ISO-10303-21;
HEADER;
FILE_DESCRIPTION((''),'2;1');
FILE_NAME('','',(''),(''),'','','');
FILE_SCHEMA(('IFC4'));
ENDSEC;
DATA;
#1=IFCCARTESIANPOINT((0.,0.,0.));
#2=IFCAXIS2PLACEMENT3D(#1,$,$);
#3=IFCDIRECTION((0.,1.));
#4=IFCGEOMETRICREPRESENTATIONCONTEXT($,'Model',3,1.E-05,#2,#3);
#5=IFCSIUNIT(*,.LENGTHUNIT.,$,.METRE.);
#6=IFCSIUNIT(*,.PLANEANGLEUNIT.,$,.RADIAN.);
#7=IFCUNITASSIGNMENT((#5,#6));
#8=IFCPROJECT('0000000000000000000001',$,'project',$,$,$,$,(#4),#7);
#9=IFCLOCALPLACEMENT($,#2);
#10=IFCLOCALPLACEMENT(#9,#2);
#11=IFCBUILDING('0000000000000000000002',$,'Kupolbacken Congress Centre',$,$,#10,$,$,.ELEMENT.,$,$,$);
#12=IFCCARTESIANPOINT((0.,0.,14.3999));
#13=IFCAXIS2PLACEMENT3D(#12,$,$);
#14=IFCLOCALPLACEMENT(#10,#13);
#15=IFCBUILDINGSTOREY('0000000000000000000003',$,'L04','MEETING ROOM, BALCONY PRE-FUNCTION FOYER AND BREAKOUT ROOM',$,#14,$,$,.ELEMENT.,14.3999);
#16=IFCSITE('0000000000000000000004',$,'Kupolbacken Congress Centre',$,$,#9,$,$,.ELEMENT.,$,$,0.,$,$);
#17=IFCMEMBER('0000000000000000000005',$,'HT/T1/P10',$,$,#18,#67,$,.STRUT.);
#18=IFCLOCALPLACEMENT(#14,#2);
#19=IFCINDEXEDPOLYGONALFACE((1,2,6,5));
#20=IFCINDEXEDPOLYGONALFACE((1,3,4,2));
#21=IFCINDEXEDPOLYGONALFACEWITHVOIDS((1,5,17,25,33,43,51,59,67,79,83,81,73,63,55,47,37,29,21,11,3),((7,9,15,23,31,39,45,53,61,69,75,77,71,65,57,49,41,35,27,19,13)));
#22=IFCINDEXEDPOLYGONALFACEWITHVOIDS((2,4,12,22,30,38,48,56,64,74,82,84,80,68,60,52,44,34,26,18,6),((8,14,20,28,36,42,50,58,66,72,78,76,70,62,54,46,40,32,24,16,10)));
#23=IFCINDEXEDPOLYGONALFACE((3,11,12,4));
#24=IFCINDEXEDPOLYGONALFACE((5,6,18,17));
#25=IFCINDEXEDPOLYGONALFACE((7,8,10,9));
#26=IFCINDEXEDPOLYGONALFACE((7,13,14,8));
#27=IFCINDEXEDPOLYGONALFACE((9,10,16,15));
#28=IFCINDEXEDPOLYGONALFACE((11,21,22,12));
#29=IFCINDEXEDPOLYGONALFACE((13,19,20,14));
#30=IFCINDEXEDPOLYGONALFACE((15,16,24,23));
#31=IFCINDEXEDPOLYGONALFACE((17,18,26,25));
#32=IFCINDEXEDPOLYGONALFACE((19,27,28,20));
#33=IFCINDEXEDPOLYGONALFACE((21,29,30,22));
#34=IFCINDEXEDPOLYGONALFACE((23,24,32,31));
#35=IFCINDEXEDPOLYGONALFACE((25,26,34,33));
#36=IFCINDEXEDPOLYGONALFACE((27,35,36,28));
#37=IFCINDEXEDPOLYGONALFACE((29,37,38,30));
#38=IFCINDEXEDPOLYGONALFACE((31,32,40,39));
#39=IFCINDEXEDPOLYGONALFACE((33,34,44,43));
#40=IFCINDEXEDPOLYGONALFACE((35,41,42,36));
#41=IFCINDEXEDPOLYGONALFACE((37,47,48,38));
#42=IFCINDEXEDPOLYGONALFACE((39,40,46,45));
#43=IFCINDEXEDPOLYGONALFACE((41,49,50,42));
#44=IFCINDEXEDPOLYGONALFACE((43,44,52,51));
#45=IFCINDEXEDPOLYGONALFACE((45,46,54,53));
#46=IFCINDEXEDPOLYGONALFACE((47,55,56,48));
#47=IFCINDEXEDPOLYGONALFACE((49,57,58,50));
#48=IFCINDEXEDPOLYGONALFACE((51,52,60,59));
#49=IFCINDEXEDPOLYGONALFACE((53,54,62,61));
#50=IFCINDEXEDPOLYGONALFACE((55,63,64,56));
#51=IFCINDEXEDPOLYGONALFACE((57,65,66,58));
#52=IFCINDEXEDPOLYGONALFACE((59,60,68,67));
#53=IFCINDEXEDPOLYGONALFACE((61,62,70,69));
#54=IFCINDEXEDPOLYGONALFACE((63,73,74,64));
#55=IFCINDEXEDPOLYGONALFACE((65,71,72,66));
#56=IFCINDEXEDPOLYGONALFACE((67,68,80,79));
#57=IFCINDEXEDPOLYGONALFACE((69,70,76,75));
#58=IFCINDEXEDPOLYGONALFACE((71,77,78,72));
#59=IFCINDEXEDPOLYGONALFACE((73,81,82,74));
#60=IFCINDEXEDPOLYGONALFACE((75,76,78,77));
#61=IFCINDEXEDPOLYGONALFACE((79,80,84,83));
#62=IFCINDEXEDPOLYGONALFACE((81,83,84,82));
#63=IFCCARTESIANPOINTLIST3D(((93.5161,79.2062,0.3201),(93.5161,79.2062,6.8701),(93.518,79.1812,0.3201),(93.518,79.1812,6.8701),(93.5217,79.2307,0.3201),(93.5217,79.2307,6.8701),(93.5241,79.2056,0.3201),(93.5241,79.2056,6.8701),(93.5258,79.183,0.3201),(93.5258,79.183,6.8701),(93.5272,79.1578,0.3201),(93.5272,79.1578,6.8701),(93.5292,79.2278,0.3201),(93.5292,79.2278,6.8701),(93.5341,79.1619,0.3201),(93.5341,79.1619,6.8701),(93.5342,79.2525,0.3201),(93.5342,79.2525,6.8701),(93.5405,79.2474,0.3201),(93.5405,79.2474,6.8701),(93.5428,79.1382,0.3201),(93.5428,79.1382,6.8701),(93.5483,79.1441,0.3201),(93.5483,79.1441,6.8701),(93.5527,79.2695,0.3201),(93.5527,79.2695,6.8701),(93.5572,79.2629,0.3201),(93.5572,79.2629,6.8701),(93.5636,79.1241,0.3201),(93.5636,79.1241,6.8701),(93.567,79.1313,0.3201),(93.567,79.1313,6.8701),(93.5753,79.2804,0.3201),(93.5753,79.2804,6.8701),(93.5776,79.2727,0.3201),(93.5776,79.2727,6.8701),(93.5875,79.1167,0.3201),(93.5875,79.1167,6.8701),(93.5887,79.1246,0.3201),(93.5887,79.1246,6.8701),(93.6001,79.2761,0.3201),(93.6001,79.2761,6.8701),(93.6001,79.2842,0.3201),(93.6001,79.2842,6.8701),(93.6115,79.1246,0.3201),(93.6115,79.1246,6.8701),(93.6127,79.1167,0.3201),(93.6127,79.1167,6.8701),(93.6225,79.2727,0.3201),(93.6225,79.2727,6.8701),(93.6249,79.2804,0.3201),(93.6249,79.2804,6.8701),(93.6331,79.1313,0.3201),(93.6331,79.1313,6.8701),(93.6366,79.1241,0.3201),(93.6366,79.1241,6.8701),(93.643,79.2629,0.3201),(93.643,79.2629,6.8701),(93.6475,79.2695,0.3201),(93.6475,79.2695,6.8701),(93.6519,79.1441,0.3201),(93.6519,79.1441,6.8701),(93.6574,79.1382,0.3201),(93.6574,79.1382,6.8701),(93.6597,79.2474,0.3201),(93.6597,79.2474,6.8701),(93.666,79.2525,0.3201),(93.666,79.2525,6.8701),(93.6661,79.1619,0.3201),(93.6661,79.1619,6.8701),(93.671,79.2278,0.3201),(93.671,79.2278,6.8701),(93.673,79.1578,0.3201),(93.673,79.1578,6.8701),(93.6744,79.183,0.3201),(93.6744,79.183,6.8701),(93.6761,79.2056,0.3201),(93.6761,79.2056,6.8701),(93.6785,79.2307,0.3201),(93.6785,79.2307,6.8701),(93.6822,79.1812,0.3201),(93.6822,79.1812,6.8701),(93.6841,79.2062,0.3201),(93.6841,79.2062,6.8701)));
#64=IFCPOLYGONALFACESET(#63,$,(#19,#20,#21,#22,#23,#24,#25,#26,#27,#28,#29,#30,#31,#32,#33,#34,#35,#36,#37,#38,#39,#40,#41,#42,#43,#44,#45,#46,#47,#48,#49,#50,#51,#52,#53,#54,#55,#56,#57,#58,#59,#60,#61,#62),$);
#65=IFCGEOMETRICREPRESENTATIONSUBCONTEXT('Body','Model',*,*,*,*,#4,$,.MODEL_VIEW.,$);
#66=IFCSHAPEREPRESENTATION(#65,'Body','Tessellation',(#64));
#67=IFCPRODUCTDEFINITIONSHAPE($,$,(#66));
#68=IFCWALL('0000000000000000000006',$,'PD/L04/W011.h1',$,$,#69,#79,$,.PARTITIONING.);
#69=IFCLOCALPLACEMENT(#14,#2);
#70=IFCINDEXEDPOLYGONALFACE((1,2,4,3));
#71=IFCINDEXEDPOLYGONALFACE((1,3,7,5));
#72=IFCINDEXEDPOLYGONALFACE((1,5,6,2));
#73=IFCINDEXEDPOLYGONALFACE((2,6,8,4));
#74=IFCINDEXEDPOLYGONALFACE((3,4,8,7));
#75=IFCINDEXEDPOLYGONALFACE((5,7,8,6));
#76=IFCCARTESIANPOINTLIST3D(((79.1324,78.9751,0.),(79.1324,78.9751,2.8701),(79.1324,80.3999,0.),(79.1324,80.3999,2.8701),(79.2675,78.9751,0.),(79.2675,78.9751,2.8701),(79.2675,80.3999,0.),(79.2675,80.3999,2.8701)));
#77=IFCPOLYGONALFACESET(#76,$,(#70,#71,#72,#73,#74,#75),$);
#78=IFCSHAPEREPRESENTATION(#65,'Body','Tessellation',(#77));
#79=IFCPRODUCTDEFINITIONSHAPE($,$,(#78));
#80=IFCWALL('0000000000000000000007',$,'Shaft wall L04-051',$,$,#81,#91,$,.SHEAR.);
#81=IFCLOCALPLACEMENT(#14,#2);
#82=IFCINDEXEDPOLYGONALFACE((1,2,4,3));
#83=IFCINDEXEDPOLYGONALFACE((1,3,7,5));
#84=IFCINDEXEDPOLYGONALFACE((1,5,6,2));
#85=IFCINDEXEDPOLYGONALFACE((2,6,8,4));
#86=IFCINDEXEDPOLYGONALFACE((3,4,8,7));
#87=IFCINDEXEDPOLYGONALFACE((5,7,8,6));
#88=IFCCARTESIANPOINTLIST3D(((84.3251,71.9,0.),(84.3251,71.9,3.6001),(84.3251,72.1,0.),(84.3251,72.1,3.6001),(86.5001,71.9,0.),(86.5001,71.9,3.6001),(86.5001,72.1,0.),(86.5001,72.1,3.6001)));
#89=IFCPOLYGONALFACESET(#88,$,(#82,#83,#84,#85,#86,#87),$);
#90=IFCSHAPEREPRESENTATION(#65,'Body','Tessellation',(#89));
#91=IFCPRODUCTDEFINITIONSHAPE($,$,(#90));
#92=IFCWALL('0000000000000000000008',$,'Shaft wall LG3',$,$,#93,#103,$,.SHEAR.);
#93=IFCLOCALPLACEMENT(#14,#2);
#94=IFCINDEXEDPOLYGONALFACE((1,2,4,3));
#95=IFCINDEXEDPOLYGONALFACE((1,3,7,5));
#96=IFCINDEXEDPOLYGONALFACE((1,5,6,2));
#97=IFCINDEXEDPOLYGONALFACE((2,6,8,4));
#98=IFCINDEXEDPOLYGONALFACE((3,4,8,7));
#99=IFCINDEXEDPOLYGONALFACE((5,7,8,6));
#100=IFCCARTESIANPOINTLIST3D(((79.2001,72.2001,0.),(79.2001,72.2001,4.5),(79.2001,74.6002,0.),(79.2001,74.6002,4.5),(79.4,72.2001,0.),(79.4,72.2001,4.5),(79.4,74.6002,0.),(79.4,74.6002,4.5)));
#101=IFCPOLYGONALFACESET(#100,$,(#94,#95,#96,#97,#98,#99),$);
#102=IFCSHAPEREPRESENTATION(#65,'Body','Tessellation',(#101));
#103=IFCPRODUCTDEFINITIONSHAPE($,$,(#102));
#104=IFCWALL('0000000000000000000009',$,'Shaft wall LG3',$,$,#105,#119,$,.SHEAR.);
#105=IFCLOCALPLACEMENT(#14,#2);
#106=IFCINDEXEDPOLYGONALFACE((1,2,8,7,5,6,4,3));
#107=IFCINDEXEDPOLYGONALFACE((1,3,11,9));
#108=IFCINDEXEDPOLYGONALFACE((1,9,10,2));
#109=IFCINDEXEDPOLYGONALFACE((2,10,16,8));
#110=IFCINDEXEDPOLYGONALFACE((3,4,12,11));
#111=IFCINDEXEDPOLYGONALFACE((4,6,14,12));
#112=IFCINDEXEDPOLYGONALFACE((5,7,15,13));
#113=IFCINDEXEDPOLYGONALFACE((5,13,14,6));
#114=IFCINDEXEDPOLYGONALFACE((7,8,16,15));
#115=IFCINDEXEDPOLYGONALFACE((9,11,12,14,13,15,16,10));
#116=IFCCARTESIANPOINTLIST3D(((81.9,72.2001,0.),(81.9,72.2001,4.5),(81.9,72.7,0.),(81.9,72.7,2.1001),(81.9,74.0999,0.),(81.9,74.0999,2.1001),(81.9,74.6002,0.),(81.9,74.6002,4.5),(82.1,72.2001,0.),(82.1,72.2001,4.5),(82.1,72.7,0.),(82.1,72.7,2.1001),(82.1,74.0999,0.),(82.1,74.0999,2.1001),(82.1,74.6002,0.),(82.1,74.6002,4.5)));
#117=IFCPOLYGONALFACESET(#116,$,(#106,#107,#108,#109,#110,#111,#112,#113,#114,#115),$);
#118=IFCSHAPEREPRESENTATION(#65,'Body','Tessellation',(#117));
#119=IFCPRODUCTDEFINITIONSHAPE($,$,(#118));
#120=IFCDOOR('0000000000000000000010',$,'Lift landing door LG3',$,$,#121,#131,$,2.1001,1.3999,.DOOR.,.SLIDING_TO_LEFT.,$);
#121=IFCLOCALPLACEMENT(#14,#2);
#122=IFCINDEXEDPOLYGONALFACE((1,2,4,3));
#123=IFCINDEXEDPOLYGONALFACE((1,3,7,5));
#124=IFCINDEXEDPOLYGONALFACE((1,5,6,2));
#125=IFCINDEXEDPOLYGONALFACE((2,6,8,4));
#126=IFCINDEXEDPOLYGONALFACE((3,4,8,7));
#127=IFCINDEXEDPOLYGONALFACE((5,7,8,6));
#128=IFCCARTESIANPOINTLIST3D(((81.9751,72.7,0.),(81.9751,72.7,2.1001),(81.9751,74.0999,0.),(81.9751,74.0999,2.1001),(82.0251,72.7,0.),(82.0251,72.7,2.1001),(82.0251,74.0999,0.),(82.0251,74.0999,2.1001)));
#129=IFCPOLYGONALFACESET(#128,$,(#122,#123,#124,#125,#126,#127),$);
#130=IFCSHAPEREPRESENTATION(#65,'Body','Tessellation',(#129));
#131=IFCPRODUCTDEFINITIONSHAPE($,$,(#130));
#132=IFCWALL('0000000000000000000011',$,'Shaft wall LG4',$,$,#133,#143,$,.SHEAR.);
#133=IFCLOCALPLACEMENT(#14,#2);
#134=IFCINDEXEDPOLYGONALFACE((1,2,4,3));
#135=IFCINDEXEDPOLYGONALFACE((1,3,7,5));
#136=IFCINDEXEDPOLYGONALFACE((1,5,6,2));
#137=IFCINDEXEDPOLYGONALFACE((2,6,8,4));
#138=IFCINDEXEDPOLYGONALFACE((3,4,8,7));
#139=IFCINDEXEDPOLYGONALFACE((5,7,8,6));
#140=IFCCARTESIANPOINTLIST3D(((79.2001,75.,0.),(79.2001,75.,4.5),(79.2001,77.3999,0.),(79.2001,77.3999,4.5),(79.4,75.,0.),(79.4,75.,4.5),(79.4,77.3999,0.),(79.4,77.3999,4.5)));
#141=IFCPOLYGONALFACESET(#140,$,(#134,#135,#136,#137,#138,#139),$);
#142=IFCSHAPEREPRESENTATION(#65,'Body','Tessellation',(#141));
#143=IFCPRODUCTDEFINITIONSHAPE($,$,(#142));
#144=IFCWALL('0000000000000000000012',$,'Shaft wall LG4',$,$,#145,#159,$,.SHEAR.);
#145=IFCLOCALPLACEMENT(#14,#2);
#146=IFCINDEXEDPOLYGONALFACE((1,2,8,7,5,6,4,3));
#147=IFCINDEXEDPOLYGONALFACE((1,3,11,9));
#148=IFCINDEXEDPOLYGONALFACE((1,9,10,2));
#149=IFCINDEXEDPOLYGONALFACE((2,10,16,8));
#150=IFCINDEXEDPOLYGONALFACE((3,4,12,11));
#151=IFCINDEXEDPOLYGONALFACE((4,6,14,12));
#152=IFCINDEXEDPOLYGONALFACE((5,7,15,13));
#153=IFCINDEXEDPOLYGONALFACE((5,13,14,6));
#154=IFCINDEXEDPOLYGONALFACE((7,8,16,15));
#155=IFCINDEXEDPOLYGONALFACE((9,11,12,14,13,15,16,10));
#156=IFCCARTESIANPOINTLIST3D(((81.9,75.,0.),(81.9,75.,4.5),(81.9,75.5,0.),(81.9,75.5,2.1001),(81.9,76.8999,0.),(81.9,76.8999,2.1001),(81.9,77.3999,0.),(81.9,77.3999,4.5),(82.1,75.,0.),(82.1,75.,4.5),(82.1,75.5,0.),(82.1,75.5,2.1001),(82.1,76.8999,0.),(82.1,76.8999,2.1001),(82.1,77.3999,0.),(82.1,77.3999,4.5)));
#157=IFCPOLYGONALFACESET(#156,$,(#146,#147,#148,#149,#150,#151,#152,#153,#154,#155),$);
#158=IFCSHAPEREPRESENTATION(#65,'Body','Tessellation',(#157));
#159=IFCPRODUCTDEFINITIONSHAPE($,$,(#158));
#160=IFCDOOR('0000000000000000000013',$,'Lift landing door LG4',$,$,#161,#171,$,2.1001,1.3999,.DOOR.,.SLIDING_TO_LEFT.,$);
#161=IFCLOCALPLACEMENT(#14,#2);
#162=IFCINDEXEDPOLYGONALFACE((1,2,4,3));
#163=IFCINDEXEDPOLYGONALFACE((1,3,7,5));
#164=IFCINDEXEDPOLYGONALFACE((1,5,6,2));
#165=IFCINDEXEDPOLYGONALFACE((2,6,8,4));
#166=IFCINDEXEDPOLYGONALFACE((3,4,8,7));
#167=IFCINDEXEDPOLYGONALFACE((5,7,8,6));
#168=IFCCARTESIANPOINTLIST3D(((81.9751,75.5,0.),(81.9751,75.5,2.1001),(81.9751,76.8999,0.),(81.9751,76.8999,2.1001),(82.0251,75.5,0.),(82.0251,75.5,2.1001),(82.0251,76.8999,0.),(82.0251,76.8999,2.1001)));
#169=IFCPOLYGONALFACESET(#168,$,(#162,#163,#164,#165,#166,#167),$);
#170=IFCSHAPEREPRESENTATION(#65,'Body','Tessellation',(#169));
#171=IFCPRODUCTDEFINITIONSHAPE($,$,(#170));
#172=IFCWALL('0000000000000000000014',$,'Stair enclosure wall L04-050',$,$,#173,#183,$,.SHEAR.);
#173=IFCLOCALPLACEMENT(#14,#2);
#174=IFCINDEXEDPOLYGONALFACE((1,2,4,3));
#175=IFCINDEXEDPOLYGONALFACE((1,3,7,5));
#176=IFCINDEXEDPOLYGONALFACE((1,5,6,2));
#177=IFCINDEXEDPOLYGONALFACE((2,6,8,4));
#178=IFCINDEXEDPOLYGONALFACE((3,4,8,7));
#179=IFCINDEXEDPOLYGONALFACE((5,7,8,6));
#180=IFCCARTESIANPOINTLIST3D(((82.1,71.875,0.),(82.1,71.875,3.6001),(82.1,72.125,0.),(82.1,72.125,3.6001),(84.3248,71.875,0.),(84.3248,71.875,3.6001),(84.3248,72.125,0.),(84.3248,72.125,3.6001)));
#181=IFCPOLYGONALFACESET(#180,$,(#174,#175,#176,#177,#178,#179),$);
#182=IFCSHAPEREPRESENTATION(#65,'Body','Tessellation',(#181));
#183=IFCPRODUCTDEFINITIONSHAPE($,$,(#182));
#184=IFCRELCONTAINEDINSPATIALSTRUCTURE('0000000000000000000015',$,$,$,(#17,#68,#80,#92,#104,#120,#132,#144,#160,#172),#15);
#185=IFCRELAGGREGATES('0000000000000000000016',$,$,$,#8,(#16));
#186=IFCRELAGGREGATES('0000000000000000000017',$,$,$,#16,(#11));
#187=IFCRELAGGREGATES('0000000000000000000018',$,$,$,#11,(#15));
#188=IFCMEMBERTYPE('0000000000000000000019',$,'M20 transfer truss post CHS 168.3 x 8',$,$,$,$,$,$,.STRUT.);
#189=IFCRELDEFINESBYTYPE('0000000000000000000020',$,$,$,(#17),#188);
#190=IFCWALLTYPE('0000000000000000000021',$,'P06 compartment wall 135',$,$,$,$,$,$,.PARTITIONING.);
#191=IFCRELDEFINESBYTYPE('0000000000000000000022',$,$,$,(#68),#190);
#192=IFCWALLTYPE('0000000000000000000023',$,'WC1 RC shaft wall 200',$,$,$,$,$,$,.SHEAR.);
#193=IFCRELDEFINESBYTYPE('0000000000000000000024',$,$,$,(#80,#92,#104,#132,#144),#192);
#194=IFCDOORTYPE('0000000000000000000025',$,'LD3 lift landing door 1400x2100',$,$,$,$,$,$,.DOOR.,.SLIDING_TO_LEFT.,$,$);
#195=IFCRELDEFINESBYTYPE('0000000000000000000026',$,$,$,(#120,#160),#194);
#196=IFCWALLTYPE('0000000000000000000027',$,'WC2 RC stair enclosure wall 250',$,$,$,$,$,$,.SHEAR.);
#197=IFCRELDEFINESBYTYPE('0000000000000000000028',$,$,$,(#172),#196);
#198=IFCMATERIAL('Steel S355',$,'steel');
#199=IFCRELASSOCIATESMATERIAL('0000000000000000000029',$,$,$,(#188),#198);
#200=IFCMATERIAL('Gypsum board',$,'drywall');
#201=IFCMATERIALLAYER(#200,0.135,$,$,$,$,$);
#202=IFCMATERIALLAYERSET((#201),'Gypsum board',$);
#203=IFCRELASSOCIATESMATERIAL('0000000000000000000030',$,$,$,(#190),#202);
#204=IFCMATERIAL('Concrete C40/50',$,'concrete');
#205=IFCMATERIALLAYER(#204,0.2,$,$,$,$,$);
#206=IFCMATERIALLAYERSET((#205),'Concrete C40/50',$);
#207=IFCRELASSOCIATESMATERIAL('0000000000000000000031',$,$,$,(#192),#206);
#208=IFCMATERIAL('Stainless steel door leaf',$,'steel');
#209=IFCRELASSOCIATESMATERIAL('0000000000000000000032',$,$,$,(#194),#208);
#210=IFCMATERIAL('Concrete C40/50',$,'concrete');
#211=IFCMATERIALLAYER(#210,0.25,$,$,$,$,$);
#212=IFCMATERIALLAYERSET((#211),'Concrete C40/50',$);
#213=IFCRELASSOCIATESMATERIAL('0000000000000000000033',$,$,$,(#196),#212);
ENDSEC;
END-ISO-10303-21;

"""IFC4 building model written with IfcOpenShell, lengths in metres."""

from ifc_helpers import new_model, si_unit, direction, frame, frame_2d, origin, origin_2d, place, context, subcontext, project, spatial, rectangle, hollow_circle, extrude, material, layer, layer_set, material_profile, profile_set, type_object, element, fill, save


model = new_model("IFC4")

# Units and contexts
model_context = context("Model", 3, precision=1e-05, world=origin(), true_north=direction((0.0, 1.0)))
body_context = subcontext(model_context, "Body", "Model", "MODEL_VIEW")
ifc_project = project(units=[si_unit("LENGTHUNIT", "METRE"), si_unit("PLANEANGLEUNIT", "RADIAN")], contexts=[model_context])

# Site, building, storey
site_placement = place(None, origin())
site = spatial("IfcSite", under=ifc_project, at=site_placement, Name="Kupolbacken Congress Centre", CompositionType="ELEMENT", RefElevation=0.0)
building_placement = place(site_placement, origin())
building = spatial("IfcBuilding", under=site, at=building_placement, Name="Kupolbacken Congress Centre", CompositionType="ELEMENT")
storey_placement = place(building_placement, frame((0.0, 0.0, 14.3999)))
storey = spatial("IfcBuildingStorey", under=building, at=storey_placement, Name="L04", Description="MEETING ROOM, BALCONY PRE-FUNCTION FOYER AND BREAKOUT ROOM", CompositionType="ELEMENT", Elevation=14.3999)

# Member
ifc_material_1 = material(Name="Steel S355", Category="steel")
ifc_material_profile_1 = material_profile(ifc_material_1, hollow_circle(Radius=0.0842, WallThickness=0.0081, at=origin_2d()), Name="CHS 168.3 x 8")
ifc_profile_set_1 = profile_set([ifc_material_profile_1], Name="Steel S355")
member_type_1 = type_object("IfcMemberType", Name="M20 transfer truss post CHS 168.3 x 8", PredefinedType="STRUT", material=ifc_profile_set_1)
for number, where, z_axis, x_axis, name in (
    (1, (93.6001, 79.2, 0.3201), (0.0, 0.0, 1.0), (0.0, 1.0, 0.0), "HT/T1/P10"),
):
    element("IfcMember", number, at=place(storey_placement, frame(where, z_axis=z_axis, x_axis=x_axis)), inside=storey, type_object=member_type_1, Name=name, PredefinedType="STRUT", context=body_context, shape_type="SweptSolid", body=[
        extrude(hollow_circle(Radius=0.0842, WallThickness=0.0081, at=origin_2d()), origin(), (0.0, 0.0, 1.0), 6.55),
    ])

# Walls
ifc_material_2 = material(Name="Gypsum board", Category="drywall")
ifc_layer_1 = layer(ifc_material_2, 0.135)
ifc_layer_set_1 = layer_set([ifc_layer_1], Name="Gypsum board")
wall_type_1 = type_object("IfcWallType", Name="P06 compartment wall 135", PredefinedType="PARTITIONING", material=ifc_layer_set_1)
wall_1_placement = place(storey_placement, frame((79.2, 78.9751, 0.0), z_axis=(0.0, 0.0, 1.0), x_axis=(0.0, 1.0, 0.0)))
element("IfcWall", 2, at=wall_1_placement, inside=storey, type_object=wall_type_1, Name="PD/L04/W011.h1", PredefinedType="PARTITIONING", context=body_context, shape_type="SweptSolid", body=[
    extrude(rectangle(XDim=1.4248, YDim=0.135, at=frame_2d((0.7124, 0.0))), origin(), (0.0, 0.0, 1.0), 2.8701),
])
ifc_material_3 = material(Name="Concrete C40/50", Category="concrete")
ifc_layer_2 = layer(ifc_material_3, 0.2)
ifc_layer_set_2 = layer_set([ifc_layer_2], Name="Concrete C40/50")
wall_type_2 = type_object("IfcWallType", Name="WC1 RC shaft wall 200", PredefinedType="SHEAR", material=ifc_layer_set_2)
wall_2_placement = place(storey_placement, frame((86.5, 72.0, 0.0), z_axis=(0.0, 0.0, 1.0), x_axis=(-1.0, 0.0, 0.0)))
element("IfcWall", 3, at=wall_2_placement, inside=storey, type_object=wall_type_2, Name="Shaft wall L04-051", PredefinedType="SHEAR", context=body_context, shape_type="SweptSolid", body=[
    extrude(rectangle(XDim=2.175, YDim=0.2, at=frame_2d((1.0874, 0.0))), origin(), (0.0, 0.0, 1.0), 3.6001),
])
wall_3_placement = place(storey_placement, frame((79.3, 72.2, 0.0), z_axis=(0.0, 0.0, 1.0), x_axis=(0.0, 1.0, 0.0)))
element("IfcWall", 4, at=wall_3_placement, inside=storey, type_object=wall_type_2, Name="Shaft wall LG3", PredefinedType="SHEAR", context=body_context, shape_type="SweptSolid", body=[
    extrude(rectangle(XDim=2.4001, YDim=0.2, at=frame_2d((1.2002, 0.0))), origin(), (0.0, 0.0, 1.0), 4.5),
])

# Wall, opening, door
wall_4_placement = place(storey_placement, frame((82.0, 72.2, 0.0), z_axis=(0.0, 0.0, 1.0), x_axis=(0.0, 1.0, 0.0)))
wall_4 = element("IfcWall", 5, at=wall_4_placement, inside=storey, type_object=wall_type_2, Name="Shaft wall LG3", PredefinedType="SHEAR", context=body_context, shape_type="SweptSolid", body=[
    extrude(rectangle(XDim=2.4001, YDim=0.2, at=frame_2d((1.2002, 0.0))), origin(), (0.0, 0.0, 1.0), 4.5),
])
opening_1_placement = place(wall_4_placement, frame((0.5, 0.0, 0.0)))
opening_1 = element("IfcOpeningElement", 6, at=opening_1_placement, cuts=wall_4, PredefinedType="OPENING", context=body_context, shape_type="SweptSolid", body=[
    extrude(rectangle(XDim=1.3999, YDim=2.1001, at=frame_2d((0.7, 1.05))), frame((0.0, 0.1099, 0.0), z_axis=(0.0, -1.0, 0.0), x_axis=(1.0, 0.0, 0.0)), (0.0, 0.0, 1.0), 0.22),
])
ifc_material_4 = material(Name="Stainless steel door leaf", Category="steel")
door_type = type_object("IfcDoorType", Name="LD3 lift landing door 1400x2100", OperationType="SLIDING_TO_LEFT", PredefinedType="DOOR", material=ifc_material_4)
door_1_placement = place(opening_1_placement, origin())
door_1 = element("IfcDoor", 7, at=door_1_placement, inside=storey, type_object=door_type, Name="Lift landing door LG3", OperationType="SLIDING_TO_LEFT", OverallHeight=2.1001, OverallWidth=1.3999, PredefinedType="DOOR", context=body_context, shape_type="SweptSolid", body=[
    extrude(rectangle(XDim=1.3999, YDim=2.1001, at=frame_2d((0.7, 1.05))), frame((0.0, 0.0249, 0.0), z_axis=(0.0, -1.0, 0.0), x_axis=(1.0, 0.0, 0.0)), (0.0, 0.0, 1.0), 0.05),
])
fill(opening_1, door_1)

# Wall
wall_5_placement = place(storey_placement, frame((79.3, 75.0, 0.0), z_axis=(0.0, 0.0, 1.0), x_axis=(0.0, 1.0, 0.0)))
element("IfcWall", 8, at=wall_5_placement, inside=storey, type_object=wall_type_2, Name="Shaft wall LG4", PredefinedType="SHEAR", context=body_context, shape_type="SweptSolid", body=[
    extrude(rectangle(XDim=2.3999, YDim=0.2, at=frame_2d((1.2, 0.0))), origin(), (0.0, 0.0, 1.0), 4.5),
])

# Wall, opening, door
wall_6_placement = place(storey_placement, frame((82.0, 75.0, 0.0), z_axis=(0.0, 0.0, 1.0), x_axis=(0.0, 1.0, 0.0)))
wall_6 = element("IfcWall", 9, at=wall_6_placement, inside=storey, type_object=wall_type_2, Name="Shaft wall LG4", PredefinedType="SHEAR", context=body_context, shape_type="SweptSolid", body=[
    extrude(rectangle(XDim=2.3999, YDim=0.2, at=frame_2d((1.2, 0.0))), origin(), (0.0, 0.0, 1.0), 4.5),
])
opening_2_placement = place(wall_6_placement, frame((0.5, 0.0, 0.0)))
opening_2 = element("IfcOpeningElement", 10, at=opening_2_placement, cuts=wall_6, PredefinedType="OPENING", context=body_context, shape_type="SweptSolid", body=[
    extrude(rectangle(XDim=1.3999, YDim=2.1001, at=frame_2d((0.7, 1.05))), frame((0.0, 0.1099, 0.0), z_axis=(0.0, -1.0, 0.0), x_axis=(1.0, 0.0, 0.0)), (0.0, 0.0, 1.0), 0.22),
])
door_2_placement = place(opening_2_placement, origin())
door_2 = element("IfcDoor", 11, at=door_2_placement, inside=storey, type_object=door_type, Name="Lift landing door LG4", OperationType="SLIDING_TO_LEFT", OverallHeight=2.1001, OverallWidth=1.3999, PredefinedType="DOOR", context=body_context, shape_type="SweptSolid", body=[
    extrude(rectangle(XDim=1.3999, YDim=2.1001, at=frame_2d((0.7, 1.05))), frame((0.0, 0.0249, 0.0), z_axis=(0.0, -1.0, 0.0), x_axis=(1.0, 0.0, 0.0)), (0.0, 0.0, 1.0), 0.05),
])
fill(opening_2, door_2)

# Wall
ifc_material_5 = material(Name="Concrete C40/50", Category="concrete")
ifc_layer_3 = layer(ifc_material_5, 0.25)
ifc_layer_set_3 = layer_set([ifc_layer_3], Name="Concrete C40/50")
wall_type_3 = type_object("IfcWallType", Name="WC2 RC stair enclosure wall 250", PredefinedType="SHEAR", material=ifc_layer_set_3)
wall_7_placement = place(storey_placement, frame((82.1001, 72.0, 0.0), z_axis=(0.0, 0.0, 1.0), x_axis=(1.0, 0.0, 0.0)))
element("IfcWall", 12, at=wall_7_placement, inside=storey, type_object=wall_type_3, Name="Stair enclosure wall L04-050", PredefinedType="SHEAR", context=body_context, shape_type="SweptSolid", body=[
    extrude(rectangle(XDim=2.2249, YDim=0.25, at=frame_2d((1.1123, 0.0))), origin(), (0.0, 0.0, 1.0), 3.6001),
])

save(model, "model.ifc")
